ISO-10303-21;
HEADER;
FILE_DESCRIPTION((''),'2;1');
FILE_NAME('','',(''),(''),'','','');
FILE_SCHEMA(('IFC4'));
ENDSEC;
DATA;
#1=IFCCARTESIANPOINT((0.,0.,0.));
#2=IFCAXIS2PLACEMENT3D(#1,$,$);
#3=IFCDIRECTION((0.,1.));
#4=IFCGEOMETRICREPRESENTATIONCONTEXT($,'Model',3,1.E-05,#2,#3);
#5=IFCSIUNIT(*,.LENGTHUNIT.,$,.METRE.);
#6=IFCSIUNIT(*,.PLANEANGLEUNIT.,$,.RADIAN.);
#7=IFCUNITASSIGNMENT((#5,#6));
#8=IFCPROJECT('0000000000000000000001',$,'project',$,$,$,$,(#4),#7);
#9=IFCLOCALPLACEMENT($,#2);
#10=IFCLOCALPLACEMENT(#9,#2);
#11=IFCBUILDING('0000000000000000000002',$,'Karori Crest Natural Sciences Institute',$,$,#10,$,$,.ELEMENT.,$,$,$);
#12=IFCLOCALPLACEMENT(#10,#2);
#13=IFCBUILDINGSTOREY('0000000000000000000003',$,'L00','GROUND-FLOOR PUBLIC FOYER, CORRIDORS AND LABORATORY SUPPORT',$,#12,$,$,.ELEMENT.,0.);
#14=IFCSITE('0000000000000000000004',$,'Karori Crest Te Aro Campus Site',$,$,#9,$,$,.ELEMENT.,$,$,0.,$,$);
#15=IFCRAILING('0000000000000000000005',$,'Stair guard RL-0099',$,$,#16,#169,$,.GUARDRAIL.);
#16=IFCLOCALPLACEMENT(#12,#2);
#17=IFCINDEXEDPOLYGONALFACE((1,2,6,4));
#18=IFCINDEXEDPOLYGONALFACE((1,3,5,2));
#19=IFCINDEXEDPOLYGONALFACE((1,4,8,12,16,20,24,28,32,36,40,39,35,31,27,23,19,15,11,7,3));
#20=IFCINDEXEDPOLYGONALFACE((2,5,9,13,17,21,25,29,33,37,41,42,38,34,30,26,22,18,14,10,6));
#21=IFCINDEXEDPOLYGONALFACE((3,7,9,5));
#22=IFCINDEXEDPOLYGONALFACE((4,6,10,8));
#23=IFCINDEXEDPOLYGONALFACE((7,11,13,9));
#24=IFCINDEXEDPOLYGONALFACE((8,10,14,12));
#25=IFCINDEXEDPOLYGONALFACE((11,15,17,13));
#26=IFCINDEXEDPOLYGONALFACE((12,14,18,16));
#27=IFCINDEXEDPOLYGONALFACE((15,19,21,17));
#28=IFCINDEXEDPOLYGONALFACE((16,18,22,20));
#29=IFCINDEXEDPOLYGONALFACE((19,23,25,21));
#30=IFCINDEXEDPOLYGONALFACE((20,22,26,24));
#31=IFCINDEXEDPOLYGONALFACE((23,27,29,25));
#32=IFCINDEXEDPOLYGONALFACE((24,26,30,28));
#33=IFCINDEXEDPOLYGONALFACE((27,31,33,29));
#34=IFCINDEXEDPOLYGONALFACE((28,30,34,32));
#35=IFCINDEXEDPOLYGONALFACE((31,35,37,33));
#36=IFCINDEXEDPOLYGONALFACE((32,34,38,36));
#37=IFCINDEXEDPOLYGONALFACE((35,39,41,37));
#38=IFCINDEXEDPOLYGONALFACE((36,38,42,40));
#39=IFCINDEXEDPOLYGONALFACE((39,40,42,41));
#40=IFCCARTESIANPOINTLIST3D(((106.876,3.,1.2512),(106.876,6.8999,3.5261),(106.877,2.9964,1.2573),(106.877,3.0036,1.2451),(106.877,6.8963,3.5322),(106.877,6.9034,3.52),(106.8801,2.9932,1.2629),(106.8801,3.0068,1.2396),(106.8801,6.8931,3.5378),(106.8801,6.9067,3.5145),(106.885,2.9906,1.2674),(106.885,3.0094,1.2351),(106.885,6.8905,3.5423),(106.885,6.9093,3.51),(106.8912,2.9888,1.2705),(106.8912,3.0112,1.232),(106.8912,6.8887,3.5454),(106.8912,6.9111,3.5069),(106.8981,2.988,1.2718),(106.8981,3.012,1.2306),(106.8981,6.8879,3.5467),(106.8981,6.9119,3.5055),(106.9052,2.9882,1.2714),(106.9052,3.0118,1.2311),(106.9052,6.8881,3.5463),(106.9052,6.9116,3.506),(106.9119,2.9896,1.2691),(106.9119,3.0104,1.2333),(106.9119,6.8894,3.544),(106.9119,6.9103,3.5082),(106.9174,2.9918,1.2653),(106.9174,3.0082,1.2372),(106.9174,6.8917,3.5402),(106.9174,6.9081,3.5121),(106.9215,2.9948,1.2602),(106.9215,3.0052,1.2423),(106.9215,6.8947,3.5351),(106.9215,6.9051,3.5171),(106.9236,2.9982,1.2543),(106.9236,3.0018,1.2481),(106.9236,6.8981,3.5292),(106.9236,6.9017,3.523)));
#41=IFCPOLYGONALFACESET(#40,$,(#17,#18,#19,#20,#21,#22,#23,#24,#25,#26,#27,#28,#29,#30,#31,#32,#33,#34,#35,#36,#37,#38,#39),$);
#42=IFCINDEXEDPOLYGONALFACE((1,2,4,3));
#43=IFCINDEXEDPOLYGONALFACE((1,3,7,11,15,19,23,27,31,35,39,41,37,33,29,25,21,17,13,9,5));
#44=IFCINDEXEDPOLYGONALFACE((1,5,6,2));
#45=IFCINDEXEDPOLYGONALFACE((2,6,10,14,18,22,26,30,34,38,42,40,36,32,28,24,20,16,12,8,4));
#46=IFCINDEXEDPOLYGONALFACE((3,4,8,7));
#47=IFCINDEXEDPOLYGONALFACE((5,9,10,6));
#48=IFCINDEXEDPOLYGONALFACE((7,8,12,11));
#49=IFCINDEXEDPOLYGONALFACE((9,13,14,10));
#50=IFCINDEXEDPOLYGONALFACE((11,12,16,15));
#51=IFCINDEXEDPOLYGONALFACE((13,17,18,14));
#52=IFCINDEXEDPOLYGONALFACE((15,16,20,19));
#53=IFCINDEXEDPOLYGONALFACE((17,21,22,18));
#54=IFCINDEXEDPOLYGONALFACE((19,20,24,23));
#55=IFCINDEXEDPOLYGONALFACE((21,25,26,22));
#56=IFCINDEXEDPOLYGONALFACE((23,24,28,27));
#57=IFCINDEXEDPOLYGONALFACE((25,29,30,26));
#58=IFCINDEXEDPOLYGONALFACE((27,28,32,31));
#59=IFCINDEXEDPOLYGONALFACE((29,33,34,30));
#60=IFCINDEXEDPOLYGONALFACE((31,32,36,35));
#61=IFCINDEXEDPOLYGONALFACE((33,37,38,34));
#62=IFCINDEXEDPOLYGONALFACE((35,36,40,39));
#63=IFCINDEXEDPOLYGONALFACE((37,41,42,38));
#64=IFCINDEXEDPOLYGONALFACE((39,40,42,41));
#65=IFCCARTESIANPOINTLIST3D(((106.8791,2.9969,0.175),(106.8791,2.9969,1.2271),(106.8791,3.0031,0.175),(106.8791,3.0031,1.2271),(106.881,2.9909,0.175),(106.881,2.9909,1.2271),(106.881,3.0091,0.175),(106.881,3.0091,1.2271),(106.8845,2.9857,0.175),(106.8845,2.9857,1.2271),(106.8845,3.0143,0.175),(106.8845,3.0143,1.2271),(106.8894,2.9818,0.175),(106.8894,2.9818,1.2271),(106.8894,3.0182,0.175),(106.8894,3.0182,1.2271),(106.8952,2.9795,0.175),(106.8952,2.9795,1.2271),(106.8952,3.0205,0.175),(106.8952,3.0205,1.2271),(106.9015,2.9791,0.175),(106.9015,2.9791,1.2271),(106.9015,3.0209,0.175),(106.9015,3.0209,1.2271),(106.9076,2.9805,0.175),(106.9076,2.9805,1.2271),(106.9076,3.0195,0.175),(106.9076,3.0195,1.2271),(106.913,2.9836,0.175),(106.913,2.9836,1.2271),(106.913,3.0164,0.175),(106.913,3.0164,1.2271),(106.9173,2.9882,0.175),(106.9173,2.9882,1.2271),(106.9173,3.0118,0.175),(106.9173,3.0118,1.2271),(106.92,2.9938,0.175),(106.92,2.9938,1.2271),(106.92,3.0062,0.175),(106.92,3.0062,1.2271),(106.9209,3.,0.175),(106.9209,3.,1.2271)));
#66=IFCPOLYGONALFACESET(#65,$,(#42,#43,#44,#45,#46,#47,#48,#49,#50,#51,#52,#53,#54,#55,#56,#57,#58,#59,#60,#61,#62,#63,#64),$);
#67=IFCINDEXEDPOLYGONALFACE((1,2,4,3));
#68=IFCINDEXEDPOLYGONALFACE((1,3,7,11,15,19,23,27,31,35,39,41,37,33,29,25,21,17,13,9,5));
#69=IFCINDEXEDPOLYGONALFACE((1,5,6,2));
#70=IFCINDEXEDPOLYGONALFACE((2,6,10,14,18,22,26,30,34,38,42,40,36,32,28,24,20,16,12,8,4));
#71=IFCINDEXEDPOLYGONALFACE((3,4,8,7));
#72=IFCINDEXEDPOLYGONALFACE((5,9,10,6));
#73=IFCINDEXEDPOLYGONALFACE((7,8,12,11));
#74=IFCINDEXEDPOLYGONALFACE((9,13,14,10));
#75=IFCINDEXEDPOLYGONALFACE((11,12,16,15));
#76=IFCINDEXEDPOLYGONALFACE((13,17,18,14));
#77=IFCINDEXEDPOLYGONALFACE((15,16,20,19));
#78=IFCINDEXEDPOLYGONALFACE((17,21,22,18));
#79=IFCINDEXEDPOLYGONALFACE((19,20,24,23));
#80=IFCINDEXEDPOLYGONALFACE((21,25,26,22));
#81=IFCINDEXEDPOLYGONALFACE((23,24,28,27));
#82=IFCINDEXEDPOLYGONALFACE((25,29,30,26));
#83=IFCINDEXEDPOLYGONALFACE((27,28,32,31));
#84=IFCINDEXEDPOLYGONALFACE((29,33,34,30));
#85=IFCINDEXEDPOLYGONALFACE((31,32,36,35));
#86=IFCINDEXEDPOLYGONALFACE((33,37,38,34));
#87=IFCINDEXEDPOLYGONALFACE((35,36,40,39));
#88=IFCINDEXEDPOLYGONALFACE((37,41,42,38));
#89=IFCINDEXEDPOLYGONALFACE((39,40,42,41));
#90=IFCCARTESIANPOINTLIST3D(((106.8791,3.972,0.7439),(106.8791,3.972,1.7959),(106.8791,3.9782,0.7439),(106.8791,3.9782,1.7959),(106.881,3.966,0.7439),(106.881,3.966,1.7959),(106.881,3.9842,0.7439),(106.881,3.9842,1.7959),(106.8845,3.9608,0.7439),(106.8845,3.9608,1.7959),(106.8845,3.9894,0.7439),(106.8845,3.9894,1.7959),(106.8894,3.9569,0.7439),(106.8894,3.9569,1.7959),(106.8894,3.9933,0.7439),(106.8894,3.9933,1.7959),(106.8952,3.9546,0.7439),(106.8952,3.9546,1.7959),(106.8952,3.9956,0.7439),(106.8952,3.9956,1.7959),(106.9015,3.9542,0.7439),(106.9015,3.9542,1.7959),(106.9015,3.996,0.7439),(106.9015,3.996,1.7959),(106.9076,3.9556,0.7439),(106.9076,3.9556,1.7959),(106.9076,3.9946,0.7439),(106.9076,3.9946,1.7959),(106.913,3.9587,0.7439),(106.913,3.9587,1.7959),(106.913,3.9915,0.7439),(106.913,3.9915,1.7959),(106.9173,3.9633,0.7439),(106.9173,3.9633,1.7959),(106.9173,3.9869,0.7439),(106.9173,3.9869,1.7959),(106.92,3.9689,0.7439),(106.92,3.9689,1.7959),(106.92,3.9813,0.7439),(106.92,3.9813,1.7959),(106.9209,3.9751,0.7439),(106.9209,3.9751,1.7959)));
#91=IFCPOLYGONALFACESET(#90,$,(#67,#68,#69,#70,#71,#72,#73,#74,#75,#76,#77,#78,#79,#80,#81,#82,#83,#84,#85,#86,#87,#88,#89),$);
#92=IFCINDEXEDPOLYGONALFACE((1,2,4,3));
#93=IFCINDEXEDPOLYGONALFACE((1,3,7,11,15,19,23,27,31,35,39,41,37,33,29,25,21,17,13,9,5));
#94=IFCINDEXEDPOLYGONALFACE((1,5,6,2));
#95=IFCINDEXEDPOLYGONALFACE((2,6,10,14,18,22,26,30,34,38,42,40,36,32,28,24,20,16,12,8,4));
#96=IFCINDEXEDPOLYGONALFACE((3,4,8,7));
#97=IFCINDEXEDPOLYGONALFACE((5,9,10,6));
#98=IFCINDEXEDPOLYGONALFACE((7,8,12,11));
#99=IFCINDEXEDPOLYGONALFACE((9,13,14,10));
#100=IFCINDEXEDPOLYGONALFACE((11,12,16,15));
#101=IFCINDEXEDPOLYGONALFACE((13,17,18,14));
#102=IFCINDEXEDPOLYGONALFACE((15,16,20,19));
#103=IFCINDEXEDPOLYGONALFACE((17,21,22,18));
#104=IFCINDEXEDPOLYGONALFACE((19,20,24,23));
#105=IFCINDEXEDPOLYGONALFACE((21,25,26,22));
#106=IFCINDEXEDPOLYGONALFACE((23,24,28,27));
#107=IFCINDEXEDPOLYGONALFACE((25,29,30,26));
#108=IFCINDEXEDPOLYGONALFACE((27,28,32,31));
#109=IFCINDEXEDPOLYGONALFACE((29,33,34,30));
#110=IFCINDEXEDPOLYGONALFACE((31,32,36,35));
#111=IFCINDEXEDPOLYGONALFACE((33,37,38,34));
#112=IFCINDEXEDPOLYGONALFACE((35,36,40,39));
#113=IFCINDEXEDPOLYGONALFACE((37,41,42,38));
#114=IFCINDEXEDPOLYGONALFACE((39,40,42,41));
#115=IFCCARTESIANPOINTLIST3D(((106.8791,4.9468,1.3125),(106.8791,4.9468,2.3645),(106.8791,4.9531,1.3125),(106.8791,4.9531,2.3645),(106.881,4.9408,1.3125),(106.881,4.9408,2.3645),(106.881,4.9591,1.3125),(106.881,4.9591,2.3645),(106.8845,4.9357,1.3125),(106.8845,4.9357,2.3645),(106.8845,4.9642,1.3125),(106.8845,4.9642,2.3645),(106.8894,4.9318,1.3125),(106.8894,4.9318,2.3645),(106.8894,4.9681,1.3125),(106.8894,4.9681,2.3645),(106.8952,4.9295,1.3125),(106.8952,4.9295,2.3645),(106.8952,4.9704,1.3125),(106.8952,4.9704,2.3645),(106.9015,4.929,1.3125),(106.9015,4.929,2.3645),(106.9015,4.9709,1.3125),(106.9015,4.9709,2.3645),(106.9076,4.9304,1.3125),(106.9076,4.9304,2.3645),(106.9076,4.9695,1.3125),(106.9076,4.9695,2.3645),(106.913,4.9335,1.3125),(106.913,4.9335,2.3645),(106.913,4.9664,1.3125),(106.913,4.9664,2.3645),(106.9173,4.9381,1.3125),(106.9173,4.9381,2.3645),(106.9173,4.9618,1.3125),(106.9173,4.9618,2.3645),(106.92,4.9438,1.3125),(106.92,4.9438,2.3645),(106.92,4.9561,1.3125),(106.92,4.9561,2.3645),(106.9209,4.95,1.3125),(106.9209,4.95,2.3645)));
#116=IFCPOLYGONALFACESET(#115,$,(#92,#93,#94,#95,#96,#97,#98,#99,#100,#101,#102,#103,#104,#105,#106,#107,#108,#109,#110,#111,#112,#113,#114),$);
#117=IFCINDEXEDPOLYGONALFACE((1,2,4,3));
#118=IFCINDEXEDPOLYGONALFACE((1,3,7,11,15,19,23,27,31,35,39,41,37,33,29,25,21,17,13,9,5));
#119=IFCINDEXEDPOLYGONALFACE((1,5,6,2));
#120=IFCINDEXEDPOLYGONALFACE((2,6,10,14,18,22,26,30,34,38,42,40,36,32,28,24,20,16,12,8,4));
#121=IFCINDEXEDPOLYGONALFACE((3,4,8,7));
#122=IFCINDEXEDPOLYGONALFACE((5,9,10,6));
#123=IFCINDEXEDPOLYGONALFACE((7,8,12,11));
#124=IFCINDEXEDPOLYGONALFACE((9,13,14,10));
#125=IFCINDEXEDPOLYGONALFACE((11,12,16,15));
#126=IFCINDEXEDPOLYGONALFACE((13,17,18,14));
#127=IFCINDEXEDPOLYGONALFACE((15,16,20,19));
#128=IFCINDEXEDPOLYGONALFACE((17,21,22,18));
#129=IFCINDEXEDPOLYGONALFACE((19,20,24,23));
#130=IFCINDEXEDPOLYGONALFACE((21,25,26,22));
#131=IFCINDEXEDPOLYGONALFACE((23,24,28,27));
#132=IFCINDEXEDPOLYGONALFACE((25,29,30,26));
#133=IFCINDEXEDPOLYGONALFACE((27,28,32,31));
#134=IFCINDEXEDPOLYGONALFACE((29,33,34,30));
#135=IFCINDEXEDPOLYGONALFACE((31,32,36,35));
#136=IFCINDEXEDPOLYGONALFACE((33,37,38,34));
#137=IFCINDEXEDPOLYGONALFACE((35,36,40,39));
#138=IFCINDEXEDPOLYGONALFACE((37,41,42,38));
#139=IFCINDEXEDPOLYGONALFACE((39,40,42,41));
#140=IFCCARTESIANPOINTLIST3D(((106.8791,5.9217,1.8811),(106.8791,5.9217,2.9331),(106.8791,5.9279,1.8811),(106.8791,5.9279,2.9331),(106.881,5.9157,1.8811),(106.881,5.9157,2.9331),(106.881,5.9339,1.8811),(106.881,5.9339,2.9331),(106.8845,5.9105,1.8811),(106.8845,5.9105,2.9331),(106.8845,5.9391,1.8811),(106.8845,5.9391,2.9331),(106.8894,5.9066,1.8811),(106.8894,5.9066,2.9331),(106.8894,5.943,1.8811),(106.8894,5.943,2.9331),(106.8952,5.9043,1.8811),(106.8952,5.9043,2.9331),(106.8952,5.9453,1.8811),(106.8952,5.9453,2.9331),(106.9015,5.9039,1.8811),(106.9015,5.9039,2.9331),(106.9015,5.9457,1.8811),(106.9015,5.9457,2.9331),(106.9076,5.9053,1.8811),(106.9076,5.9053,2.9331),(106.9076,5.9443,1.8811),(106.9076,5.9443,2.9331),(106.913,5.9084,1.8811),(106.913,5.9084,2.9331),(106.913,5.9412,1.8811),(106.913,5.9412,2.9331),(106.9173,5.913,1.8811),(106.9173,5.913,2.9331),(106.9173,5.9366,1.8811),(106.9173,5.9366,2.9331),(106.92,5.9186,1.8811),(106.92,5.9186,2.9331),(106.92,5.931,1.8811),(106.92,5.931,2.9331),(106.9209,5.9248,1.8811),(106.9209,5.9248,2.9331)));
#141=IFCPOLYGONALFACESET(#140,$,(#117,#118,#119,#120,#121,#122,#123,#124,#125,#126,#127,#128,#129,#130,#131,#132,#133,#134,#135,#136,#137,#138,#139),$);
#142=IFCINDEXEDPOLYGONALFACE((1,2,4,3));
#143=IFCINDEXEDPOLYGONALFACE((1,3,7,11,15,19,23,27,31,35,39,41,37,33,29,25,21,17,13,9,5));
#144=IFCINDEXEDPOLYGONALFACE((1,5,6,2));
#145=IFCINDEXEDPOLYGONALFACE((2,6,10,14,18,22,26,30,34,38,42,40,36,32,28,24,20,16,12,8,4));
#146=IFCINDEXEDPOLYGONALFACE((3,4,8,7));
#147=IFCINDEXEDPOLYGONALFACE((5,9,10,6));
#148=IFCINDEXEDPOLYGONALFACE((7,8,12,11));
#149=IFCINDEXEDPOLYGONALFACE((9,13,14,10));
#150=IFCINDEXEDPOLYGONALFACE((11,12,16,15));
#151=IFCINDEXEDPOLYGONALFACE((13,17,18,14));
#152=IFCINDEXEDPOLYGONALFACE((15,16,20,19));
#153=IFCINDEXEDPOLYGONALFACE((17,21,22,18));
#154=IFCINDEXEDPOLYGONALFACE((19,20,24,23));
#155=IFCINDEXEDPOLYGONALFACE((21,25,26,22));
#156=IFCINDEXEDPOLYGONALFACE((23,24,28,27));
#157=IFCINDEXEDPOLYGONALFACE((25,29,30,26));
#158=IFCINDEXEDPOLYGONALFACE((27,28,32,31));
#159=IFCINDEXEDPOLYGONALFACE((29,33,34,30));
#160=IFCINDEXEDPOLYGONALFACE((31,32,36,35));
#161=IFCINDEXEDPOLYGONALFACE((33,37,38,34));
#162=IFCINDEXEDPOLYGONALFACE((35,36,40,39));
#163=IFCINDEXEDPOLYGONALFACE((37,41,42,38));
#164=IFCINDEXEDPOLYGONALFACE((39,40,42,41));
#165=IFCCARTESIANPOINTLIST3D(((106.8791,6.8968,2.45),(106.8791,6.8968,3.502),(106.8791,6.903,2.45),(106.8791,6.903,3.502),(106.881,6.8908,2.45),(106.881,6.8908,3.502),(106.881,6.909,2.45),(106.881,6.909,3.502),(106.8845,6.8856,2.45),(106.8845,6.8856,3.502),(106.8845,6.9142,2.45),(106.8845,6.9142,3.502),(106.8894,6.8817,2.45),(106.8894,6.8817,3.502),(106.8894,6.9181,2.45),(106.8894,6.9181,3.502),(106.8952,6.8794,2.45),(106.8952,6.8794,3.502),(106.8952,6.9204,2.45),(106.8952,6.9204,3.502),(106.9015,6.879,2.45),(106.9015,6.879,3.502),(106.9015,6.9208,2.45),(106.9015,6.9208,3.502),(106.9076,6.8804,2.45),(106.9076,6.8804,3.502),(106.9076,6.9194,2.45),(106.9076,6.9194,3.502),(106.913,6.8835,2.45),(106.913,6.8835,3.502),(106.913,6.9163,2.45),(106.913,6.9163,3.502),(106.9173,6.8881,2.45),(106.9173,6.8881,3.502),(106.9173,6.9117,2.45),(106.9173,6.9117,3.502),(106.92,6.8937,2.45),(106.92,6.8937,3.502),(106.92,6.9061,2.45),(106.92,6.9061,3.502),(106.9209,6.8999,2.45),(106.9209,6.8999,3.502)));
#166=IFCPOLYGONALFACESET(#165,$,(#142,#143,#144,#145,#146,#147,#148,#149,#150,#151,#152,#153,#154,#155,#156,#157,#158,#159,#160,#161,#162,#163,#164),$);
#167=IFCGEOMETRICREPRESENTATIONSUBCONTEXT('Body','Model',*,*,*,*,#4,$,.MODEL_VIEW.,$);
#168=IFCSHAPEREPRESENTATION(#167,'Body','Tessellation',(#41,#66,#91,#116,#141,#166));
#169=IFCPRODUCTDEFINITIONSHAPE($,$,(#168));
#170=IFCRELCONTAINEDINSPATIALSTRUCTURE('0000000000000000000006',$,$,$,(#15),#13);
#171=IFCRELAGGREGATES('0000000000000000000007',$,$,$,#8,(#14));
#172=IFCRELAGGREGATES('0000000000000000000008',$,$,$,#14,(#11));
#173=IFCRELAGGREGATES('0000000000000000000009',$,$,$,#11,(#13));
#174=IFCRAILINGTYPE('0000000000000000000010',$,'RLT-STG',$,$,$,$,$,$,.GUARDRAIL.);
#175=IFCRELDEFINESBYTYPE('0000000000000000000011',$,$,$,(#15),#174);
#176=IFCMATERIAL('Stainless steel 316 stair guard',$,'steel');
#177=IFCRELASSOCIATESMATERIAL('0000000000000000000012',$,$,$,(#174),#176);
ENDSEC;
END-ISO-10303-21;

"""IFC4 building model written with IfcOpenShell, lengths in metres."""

from ifc_helpers import new_model, si_unit, direction, frame, origin, origin_2d, place, context, subcontext, project, spatial, circle, extrude, material, type_object, element, save


model = new_model("IFC4")

# Units and contexts
model_context = context("Model", 3, precision=1e-05, world=origin(), true_north=direction((0.0, 1.0)))
body_context = subcontext(model_context, "Body", "Model", "MODEL_VIEW")
ifc_project = project(units=[si_unit("LENGTHUNIT", "METRE"), si_unit("PLANEANGLEUNIT", "RADIAN")], contexts=[model_context])

# Site, building, storey
site_placement = place(None, origin())
site = spatial("IfcSite", under=ifc_project, at=site_placement, Name="Karori Crest Te Aro Campus Site", CompositionType="ELEMENT", RefElevation=0.0)
building_placement = place(site_placement, origin())
building = spatial("IfcBuilding", under=site, at=building_placement, Name="Karori Crest Natural Sciences Institute", CompositionType="ELEMENT")
storey_placement = place(building_placement, origin())
storey = spatial("IfcBuildingStorey", under=building, at=storey_placement, Name="L00", Description="GROUND-FLOOR PUBLIC FOYER, CORRIDORS AND LABORATORY SUPPORT", CompositionType="ELEMENT", Elevation=0.0)

# Railing
ifc_material_1 = material(Name="Stainless steel 316 stair guard", Category="steel")
railing_type_1 = type_object("IfcRailingType", Name="RLT-STG", PredefinedType="GUARDRAIL", material=ifc_material_1)
railing_1_placement = place(storey_placement, frame((106.8999, 3.0, 0.175)))
element("IfcRailing", 1, at=railing_1_placement, inside=storey, type_object=railing_type_1, Name="Stair guard RL-0099", PredefinedType="GUARDRAIL", context=body_context, shape_type="SweptSolid", body=[
    extrude(circle(Radius=0.0239, at=origin_2d()), frame((0.0, 0.0, 1.0762), z_axis=(0.0, 0.863783, 0.503864), x_axis=(-1.0, 0.0, 0.0)), (0.0, 0.0, 1.0), 4.5149),
    extrude(circle(Radius=0.021, at=origin_2d()), origin(), (0.0, 0.0, 1.0), 1.052),
    extrude(circle(Radius=0.021, at=origin_2d()), frame((0.0, 0.9751, 0.5688)), (0.0, 0.0, 1.0), 1.052),
    extrude(circle(Radius=0.021, at=origin_2d()), frame((0.0, 1.95, 1.1375)), (0.0, 0.0, 1.0), 1.052),
    extrude(circle(Radius=0.021, at=origin_2d()), frame((0.0, 2.9248, 1.7061)), (0.0, 0.0, 1.0), 1.052),
    extrude(circle(Radius=0.021, at=origin_2d()), frame((0.0, 3.8999, 2.2749)), (0.0, 0.0, 1.0), 1.052),
])

save(model, "model.ifc")
